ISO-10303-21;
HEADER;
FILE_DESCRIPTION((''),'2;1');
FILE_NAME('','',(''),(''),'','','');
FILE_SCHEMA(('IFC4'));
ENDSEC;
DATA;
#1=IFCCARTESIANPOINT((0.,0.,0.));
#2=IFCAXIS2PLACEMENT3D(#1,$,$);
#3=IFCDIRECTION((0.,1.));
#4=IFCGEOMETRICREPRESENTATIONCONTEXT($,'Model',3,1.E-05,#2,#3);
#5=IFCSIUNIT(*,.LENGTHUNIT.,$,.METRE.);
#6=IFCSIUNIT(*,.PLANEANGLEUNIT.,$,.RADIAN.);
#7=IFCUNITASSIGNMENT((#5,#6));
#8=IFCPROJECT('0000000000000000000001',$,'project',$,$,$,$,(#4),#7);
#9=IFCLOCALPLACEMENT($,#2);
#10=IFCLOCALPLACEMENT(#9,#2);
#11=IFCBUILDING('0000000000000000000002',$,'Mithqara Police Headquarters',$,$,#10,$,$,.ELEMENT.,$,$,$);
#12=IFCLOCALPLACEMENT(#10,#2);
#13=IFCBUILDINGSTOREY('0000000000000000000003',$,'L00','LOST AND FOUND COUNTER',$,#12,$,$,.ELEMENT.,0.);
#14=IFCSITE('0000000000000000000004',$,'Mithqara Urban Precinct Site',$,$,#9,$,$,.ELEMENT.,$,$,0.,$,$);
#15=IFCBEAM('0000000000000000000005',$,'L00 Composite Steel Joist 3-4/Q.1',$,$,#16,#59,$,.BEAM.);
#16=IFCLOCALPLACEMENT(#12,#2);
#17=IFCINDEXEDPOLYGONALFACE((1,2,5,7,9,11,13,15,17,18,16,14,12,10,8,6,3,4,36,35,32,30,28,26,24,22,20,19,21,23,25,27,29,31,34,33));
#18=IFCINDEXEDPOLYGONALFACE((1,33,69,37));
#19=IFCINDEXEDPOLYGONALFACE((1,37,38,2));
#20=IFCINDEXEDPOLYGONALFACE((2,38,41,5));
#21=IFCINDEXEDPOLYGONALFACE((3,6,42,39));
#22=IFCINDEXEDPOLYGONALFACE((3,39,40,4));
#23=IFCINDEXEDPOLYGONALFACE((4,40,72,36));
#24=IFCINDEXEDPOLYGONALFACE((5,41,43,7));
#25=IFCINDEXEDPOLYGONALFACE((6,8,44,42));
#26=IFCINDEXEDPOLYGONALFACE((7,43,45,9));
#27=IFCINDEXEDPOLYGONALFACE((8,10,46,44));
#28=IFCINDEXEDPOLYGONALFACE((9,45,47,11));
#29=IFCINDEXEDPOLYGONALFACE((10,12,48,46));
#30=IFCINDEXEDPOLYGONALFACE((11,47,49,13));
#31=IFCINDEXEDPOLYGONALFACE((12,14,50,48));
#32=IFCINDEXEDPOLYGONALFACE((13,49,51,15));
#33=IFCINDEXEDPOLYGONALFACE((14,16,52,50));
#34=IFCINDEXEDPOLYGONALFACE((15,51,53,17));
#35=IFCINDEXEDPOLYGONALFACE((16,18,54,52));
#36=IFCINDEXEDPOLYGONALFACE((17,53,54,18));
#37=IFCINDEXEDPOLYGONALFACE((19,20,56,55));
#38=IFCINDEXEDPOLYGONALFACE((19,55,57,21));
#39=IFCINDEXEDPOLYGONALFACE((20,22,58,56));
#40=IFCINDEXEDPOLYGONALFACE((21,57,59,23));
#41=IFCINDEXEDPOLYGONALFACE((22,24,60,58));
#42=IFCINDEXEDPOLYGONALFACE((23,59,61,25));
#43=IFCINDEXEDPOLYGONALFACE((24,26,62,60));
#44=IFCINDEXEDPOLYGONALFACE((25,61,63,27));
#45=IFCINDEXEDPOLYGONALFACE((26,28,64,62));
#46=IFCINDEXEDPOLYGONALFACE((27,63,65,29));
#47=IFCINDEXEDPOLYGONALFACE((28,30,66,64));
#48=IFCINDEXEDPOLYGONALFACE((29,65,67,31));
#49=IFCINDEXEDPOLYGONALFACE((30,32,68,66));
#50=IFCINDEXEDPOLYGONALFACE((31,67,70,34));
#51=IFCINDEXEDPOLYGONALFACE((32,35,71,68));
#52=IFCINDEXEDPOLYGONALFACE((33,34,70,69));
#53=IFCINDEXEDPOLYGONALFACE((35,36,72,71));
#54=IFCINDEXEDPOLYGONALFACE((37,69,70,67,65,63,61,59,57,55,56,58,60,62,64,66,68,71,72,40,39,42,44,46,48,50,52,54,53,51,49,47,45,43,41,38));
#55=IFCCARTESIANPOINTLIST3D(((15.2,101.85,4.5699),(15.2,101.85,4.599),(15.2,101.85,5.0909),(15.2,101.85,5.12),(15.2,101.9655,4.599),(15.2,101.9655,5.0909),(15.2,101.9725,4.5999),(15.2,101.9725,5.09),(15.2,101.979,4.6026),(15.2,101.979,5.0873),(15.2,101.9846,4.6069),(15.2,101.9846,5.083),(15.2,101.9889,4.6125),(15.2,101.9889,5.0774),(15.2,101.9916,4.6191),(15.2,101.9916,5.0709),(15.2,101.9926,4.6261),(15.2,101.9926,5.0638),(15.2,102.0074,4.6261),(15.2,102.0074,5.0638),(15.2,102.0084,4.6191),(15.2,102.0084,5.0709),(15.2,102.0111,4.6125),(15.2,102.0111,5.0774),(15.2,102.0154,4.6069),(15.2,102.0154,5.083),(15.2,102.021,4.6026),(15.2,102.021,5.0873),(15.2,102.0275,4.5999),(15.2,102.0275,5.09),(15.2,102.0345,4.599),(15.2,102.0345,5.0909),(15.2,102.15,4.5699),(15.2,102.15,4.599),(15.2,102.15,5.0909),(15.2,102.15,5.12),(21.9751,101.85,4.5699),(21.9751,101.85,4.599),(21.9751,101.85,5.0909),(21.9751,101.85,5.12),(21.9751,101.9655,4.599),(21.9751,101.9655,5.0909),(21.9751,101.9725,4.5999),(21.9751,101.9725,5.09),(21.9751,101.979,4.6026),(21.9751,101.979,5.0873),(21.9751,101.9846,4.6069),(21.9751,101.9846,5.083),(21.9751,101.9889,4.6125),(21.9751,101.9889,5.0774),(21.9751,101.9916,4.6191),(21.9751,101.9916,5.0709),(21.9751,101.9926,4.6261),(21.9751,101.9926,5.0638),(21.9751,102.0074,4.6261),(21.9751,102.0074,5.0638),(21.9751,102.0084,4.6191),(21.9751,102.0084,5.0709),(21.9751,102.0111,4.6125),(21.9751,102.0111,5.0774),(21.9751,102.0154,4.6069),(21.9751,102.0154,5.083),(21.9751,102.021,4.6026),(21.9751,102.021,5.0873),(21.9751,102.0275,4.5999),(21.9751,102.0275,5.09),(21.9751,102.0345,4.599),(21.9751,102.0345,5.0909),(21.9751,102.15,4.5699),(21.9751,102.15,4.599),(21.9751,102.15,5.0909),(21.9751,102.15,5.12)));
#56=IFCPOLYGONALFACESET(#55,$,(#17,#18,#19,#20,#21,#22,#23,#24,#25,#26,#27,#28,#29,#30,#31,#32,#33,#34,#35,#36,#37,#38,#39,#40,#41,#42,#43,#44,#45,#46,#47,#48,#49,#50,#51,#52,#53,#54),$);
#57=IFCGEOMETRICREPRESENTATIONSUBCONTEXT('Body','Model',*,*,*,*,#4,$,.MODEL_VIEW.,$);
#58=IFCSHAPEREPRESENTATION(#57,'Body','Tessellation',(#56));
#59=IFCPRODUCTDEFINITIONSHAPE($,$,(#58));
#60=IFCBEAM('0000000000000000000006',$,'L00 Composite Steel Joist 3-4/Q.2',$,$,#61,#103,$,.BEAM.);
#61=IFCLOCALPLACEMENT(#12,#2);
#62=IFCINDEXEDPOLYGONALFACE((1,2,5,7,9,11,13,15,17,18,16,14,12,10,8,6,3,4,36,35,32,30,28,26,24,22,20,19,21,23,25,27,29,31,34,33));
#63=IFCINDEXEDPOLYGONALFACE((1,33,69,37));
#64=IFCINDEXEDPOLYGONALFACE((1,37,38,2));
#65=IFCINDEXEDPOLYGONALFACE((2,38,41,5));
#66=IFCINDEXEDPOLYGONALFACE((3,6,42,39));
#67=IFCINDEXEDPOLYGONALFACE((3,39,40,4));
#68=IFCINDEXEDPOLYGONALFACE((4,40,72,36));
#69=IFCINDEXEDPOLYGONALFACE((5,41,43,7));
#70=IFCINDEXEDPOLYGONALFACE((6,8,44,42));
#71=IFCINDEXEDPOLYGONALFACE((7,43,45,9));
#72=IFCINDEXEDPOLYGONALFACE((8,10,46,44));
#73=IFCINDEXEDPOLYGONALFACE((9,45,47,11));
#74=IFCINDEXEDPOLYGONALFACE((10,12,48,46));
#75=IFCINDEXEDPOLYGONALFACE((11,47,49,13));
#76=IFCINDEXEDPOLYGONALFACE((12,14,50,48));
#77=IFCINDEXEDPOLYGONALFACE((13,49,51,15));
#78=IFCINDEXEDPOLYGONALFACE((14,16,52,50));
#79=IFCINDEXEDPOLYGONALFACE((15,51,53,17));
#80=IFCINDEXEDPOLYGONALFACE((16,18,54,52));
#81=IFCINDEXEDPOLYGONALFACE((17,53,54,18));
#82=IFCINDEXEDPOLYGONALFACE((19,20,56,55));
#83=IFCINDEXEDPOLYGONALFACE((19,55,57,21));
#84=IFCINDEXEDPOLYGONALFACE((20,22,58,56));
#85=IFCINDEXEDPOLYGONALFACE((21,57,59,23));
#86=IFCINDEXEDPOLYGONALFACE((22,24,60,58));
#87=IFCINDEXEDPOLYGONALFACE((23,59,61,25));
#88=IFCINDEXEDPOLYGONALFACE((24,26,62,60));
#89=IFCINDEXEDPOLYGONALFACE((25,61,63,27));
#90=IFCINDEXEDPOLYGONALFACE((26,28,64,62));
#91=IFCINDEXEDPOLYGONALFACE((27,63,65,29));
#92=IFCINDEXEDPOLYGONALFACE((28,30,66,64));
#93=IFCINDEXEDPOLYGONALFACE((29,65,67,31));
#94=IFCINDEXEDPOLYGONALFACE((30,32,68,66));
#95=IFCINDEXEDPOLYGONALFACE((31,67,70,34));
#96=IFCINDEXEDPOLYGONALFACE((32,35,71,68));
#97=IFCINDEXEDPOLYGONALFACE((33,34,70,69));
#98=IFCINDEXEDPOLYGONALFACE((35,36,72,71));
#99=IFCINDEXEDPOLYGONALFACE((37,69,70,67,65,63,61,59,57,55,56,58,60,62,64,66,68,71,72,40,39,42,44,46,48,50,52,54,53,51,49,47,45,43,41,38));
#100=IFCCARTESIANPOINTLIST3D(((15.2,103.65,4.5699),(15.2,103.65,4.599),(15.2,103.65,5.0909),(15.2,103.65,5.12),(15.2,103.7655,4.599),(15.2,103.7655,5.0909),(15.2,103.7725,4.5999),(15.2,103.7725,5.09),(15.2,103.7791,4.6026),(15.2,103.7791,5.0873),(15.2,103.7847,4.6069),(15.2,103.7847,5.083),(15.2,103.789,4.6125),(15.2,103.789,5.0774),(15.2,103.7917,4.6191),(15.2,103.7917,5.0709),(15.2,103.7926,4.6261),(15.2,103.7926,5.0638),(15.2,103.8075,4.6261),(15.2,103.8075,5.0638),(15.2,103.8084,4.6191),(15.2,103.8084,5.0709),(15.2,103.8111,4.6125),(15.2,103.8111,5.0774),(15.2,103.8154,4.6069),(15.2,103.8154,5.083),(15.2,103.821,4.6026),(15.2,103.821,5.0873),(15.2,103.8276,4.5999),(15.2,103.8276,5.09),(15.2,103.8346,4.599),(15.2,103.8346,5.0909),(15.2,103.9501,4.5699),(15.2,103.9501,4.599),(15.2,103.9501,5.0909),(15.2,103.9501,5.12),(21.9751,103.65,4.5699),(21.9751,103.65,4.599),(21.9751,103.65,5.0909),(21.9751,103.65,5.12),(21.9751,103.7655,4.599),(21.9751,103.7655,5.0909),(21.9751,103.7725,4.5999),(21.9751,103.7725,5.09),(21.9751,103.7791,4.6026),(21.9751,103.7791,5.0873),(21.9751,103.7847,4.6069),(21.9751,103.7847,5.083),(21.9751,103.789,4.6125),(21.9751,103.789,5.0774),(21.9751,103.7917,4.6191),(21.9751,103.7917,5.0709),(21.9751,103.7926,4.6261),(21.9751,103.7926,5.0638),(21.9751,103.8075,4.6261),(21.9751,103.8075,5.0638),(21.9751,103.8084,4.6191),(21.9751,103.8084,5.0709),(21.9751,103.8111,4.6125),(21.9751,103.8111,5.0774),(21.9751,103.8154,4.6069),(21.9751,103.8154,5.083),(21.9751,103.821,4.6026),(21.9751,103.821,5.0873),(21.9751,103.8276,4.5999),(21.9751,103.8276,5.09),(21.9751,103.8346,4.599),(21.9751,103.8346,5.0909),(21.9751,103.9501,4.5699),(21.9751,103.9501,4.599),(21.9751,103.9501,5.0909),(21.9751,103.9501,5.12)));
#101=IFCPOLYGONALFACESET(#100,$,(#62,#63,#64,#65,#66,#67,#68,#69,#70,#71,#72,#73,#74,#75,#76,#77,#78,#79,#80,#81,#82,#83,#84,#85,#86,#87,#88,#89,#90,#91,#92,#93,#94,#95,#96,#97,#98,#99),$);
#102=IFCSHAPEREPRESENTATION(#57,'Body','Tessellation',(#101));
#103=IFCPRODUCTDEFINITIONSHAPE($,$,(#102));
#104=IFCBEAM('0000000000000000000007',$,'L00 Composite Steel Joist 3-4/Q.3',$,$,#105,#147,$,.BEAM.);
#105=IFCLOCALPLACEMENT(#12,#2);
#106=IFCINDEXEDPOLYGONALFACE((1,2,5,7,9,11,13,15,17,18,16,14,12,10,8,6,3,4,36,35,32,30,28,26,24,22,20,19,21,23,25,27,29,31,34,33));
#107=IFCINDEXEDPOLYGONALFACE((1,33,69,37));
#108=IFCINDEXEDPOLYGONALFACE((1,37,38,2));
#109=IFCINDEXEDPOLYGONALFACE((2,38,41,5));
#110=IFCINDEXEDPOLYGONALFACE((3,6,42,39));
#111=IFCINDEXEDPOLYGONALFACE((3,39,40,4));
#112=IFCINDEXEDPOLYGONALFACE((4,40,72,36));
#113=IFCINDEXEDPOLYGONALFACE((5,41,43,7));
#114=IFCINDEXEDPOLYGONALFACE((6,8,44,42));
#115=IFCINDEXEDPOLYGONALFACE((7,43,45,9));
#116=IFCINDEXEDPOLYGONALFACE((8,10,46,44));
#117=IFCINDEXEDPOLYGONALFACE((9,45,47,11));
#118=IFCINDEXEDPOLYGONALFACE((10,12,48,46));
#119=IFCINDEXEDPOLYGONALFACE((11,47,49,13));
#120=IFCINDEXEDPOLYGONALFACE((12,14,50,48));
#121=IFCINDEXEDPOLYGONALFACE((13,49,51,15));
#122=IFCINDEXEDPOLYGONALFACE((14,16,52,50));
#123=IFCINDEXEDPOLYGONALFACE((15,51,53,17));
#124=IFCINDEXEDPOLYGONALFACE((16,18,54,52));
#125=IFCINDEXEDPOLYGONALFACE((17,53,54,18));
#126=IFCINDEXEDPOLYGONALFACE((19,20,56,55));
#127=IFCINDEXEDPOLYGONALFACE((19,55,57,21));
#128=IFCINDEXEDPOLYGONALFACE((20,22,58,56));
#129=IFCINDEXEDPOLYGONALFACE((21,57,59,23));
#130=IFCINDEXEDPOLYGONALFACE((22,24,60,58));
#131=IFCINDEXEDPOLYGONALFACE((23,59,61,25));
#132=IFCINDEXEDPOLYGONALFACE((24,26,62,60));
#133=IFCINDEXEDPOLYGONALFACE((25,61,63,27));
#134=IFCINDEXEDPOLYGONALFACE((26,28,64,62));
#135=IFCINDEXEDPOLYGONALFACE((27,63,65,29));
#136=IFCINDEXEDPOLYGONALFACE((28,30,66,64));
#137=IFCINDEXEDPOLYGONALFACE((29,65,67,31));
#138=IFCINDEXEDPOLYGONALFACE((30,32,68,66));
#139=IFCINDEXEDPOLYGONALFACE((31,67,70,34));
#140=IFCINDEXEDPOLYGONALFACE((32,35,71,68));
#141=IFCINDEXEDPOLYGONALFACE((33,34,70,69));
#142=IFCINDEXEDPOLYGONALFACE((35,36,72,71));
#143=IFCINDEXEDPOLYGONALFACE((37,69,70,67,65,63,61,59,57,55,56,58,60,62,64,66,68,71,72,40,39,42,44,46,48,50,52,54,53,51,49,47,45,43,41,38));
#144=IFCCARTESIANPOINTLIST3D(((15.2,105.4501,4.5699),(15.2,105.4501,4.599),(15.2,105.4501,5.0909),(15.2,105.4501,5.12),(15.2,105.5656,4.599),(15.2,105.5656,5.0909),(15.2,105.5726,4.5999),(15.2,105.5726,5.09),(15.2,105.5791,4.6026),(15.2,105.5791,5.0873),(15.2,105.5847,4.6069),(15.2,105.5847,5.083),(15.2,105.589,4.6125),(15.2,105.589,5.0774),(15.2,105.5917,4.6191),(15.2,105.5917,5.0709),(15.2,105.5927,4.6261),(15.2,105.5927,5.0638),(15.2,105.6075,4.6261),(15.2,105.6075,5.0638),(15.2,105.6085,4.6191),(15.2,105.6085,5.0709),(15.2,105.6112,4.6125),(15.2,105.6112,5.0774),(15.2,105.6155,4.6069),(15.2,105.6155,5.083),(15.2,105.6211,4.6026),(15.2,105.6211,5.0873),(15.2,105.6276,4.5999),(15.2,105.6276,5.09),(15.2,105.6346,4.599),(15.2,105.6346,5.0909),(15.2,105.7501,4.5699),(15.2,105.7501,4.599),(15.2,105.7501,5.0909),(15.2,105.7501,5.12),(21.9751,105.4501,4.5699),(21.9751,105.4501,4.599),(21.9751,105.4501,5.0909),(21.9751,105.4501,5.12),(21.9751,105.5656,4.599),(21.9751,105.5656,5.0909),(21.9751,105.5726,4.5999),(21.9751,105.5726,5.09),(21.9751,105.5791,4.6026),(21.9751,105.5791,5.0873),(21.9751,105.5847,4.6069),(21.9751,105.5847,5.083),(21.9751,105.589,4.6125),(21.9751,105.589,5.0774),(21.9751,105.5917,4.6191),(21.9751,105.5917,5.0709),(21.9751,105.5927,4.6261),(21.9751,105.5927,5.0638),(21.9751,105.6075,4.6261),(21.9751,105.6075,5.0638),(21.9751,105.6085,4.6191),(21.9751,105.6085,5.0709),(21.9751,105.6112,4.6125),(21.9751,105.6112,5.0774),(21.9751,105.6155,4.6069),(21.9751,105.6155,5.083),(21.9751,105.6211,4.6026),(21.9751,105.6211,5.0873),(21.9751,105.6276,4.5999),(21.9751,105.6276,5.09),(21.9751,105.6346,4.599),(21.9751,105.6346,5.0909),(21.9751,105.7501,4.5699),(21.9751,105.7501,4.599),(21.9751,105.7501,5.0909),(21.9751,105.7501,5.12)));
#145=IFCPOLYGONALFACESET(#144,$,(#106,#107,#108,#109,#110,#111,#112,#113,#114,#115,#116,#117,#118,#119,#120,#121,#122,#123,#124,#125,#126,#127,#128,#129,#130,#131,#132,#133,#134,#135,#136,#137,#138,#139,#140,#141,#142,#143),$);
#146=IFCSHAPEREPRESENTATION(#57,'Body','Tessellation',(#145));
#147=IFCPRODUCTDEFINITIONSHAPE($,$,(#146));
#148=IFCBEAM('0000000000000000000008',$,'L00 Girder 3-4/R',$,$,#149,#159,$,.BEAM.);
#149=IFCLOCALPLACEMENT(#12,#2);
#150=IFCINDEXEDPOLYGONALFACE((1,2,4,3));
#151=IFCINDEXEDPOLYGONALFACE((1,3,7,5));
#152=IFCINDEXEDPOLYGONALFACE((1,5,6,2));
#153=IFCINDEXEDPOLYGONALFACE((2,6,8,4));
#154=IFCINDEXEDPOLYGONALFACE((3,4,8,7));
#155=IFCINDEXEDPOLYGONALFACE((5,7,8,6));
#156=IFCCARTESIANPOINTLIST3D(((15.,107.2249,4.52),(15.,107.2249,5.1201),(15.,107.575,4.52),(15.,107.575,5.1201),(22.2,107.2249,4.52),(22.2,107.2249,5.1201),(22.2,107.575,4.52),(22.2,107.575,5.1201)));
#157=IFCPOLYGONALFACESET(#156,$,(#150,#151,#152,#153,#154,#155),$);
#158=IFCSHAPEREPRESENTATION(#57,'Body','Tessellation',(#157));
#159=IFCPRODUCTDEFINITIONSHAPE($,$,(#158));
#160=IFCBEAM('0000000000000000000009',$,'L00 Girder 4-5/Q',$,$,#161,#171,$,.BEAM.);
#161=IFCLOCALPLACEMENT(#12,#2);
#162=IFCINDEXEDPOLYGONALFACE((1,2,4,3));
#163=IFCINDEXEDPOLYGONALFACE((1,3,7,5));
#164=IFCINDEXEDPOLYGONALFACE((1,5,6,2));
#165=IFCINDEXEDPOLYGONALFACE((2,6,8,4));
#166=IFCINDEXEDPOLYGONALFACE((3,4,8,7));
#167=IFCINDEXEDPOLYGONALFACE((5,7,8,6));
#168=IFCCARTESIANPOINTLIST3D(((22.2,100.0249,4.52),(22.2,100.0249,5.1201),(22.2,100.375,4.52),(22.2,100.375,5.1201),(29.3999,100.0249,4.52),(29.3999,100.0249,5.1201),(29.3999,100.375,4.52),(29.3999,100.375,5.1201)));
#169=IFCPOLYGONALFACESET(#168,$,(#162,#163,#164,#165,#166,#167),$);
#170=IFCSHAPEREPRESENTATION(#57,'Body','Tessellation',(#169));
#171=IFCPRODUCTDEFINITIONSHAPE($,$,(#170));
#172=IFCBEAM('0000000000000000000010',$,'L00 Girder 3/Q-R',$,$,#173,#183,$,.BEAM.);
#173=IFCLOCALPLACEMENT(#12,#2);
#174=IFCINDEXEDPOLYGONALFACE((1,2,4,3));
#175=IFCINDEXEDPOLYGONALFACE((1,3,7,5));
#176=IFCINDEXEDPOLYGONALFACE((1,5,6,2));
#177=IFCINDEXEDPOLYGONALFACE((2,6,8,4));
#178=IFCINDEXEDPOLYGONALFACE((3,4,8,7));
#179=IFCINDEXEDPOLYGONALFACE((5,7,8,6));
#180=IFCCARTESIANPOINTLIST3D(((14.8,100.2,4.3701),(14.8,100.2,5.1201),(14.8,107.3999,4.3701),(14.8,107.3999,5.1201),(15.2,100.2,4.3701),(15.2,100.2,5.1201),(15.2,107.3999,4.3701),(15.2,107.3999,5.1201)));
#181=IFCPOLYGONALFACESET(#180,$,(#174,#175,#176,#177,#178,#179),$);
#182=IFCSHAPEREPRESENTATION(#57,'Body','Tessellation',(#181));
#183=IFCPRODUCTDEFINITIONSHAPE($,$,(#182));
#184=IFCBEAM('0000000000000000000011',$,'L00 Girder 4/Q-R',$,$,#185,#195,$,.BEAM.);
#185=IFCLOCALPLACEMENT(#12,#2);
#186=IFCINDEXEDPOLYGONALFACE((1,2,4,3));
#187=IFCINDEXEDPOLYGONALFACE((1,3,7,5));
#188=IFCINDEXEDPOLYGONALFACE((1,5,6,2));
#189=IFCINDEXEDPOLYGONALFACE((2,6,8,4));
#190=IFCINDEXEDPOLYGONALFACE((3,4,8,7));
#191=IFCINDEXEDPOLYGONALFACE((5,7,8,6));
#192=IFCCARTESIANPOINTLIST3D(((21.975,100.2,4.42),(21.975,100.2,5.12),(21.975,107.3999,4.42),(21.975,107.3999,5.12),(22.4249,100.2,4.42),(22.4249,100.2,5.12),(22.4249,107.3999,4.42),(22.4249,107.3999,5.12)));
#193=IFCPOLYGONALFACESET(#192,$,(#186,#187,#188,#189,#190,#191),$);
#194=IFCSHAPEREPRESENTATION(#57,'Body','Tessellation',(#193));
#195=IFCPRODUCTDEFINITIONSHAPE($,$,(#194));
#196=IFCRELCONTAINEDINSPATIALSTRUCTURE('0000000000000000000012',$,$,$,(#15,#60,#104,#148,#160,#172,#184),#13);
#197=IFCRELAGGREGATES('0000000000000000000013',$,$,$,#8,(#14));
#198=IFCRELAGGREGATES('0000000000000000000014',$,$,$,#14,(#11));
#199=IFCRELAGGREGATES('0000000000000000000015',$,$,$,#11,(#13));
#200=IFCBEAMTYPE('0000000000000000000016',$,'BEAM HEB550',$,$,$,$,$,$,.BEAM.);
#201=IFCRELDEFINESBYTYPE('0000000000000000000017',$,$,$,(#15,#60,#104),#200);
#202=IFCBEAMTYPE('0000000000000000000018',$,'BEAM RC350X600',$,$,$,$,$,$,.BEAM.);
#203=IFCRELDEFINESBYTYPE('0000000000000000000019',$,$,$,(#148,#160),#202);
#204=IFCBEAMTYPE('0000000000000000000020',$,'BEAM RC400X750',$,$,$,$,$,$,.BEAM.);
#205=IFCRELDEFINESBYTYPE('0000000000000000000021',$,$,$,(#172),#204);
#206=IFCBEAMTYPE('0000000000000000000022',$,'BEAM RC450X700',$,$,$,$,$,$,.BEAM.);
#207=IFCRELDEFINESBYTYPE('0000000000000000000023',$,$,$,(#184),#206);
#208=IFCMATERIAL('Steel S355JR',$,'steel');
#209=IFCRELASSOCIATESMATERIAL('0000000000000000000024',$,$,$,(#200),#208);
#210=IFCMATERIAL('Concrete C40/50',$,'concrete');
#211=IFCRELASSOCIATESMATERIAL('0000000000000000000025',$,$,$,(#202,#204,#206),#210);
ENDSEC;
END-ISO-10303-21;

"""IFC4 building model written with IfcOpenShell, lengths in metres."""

from ifc_helpers import new_model, si_unit, direction, frame, origin, origin_2d, place, context, subcontext, project, spatial, rectangle, i_section, extrude, material, material_profile, profile_set, type_object, element, save


model = new_model("IFC4")

# Units and contexts
model_context = context("Model", 3, precision=1e-05, world=origin(), true_north=direction((0.0, 1.0)))
body_context = subcontext(model_context, "Body", "Model", "MODEL_VIEW")
ifc_project = project(units=[si_unit("LENGTHUNIT", "METRE"), si_unit("PLANEANGLEUNIT", "RADIAN")], contexts=[model_context])

# Site, building, storey
site_placement = place(None, origin())
site = spatial("IfcSite", under=ifc_project, at=site_placement, Name="Mithqara Urban Precinct Site", CompositionType="ELEMENT", RefElevation=0.0)
building_placement = place(site_placement, origin())
building = spatial("IfcBuilding", under=site, at=building_placement, Name="Mithqara Police Headquarters", CompositionType="ELEMENT")
storey_placement = place(building_placement, origin())
storey = spatial("IfcBuildingStorey", under=building, at=storey_placement, Name="L00", Description="LOST AND FOUND COUNTER", CompositionType="ELEMENT", Elevation=0.0)

# Shared definitions
ifc_material_1 = material(Name="Concrete C40/50", Category="concrete")

# Beams
ifc_material_2 = material(Name="Steel S355JR", Category="steel")
ifc_material_profile_1 = material_profile(ifc_material_2, i_section(OverallWidth=0.3, OverallDepth=0.55, WebThickness=0.0149, FlangeThickness=0.0291, FilletRadius=0.0271, at=origin_2d()), Name="HEB 550")
ifc_profile_set_1 = profile_set([ifc_material_profile_1], Name="Steel S355JR")
beam_type_1 = type_object("IfcBeamType", Name="BEAM HEB550", PredefinedType="BEAM", material=ifc_profile_set_1)
for number, where, z_axis, x_axis, name in (
    (1, (15.2, 102.0, 4.845), (1.0, 0.0, 0.0), (0.0, 1.0, 0.0), "L00 Composite Steel Joist 3-4/Q.1"),
    (2, (15.2, 103.8, 4.845), (1.0, 0.0, 0.0), (0.0, 1.0, 0.0), "L00 Composite Steel Joist 3-4/Q.2"),
    (3, (15.2, 105.6001, 4.845), (1.0, 0.0, 0.0), (0.0, 1.0, 0.0), "L00 Composite Steel Joist 3-4/Q.3"),
):
    element("IfcBeam", number, at=place(storey_placement, frame(where, z_axis=z_axis, x_axis=x_axis)), inside=storey, type_object=beam_type_1, Name=name, PredefinedType="BEAM", context=body_context, shape_type="SweptSolid", body=[
        extrude(i_section(OverallWidth=0.3, OverallDepth=0.55, WebThickness=0.0149, FlangeThickness=0.0291, FilletRadius=0.0271, at=origin_2d()), origin(), (0.0, 0.0, 1.0), 6.7751),
    ])
ifc_material_profile_2 = material_profile(ifc_material_1, rectangle(XDim=0.3501, YDim=0.6001, at=origin_2d()), Name="RC 350x600")
ifc_profile_set_2 = profile_set([ifc_material_profile_2], Name="Concrete C40/50")
beam_type_2 = type_object("IfcBeamType", Name="BEAM RC350X600", PredefinedType="BEAM", material=ifc_profile_set_2)
for number, where, z_axis, x_axis, name in (
    (4, (15.0, 107.3999, 4.8201), (1.0, 0.0, 0.0), (0.0, 1.0, 0.0), "L00 Girder 3-4/R"),
    (5, (22.2, 100.2, 4.8201), (1.0, 0.0, 0.0), (0.0, 1.0, 0.0), "L00 Girder 4-5/Q"),
):
    element("IfcBeam", number, at=place(storey_placement, frame(where, z_axis=z_axis, x_axis=x_axis)), inside=storey, type_object=beam_type_2, Name=name, PredefinedType="BEAM", context=body_context, shape_type="SweptSolid", body=[
        extrude(rectangle(XDim=0.3501, YDim=0.6001, at=origin_2d()), origin(), (0.0, 0.0, 1.0), 7.2),
    ])
ifc_material_profile_3 = material_profile(ifc_material_1, rectangle(XDim=0.3999, YDim=0.75, at=origin_2d()), Name="RC 400x750")
ifc_profile_set_3 = profile_set([ifc_material_profile_3], Name="Concrete C40/50")
beam_type_3 = type_object("IfcBeamType", Name="BEAM RC400X750", PredefinedType="BEAM", material=ifc_profile_set_3)
beam_1_placement = place(storey_placement, frame((15.0, 100.2, 4.7451), z_axis=(0.0, 1.0, 0.0), x_axis=(-1.0, 0.0, 0.0)))
element("IfcBeam", 6, at=beam_1_placement, inside=storey, type_object=beam_type_3, Name="L00 Girder 3/Q-R", PredefinedType="BEAM", context=body_context, shape_type="SweptSolid", body=[
    extrude(rectangle(XDim=0.3999, YDim=0.75, at=origin_2d()), origin(), (0.0, 0.0, 1.0), 7.2),
])
ifc_material_profile_4 = material_profile(ifc_material_1, rectangle(XDim=0.45, YDim=0.7, at=origin_2d()), Name="RC 450x700")
ifc_profile_set_4 = profile_set([ifc_material_profile_4], Name="Concrete C40/50")
beam_type_4 = type_object("IfcBeamType", Name="BEAM RC450X700", PredefinedType="BEAM", material=ifc_profile_set_4)
beam_2_placement = place(storey_placement, frame((22.2, 100.2, 4.77), z_axis=(0.0, 1.0, 0.0), x_axis=(-1.0, 0.0, 0.0)))
element("IfcBeam", 7, at=beam_2_placement, inside=storey, type_object=beam_type_4, Name="L00 Girder 4/Q-R", PredefinedType="BEAM", context=body_context, shape_type="SweptSolid", body=[
    extrude(rectangle(XDim=0.45, YDim=0.7, at=origin_2d()), origin(), (0.0, 0.0, 1.0), 7.2),
])

save(model, "model.ifc")
